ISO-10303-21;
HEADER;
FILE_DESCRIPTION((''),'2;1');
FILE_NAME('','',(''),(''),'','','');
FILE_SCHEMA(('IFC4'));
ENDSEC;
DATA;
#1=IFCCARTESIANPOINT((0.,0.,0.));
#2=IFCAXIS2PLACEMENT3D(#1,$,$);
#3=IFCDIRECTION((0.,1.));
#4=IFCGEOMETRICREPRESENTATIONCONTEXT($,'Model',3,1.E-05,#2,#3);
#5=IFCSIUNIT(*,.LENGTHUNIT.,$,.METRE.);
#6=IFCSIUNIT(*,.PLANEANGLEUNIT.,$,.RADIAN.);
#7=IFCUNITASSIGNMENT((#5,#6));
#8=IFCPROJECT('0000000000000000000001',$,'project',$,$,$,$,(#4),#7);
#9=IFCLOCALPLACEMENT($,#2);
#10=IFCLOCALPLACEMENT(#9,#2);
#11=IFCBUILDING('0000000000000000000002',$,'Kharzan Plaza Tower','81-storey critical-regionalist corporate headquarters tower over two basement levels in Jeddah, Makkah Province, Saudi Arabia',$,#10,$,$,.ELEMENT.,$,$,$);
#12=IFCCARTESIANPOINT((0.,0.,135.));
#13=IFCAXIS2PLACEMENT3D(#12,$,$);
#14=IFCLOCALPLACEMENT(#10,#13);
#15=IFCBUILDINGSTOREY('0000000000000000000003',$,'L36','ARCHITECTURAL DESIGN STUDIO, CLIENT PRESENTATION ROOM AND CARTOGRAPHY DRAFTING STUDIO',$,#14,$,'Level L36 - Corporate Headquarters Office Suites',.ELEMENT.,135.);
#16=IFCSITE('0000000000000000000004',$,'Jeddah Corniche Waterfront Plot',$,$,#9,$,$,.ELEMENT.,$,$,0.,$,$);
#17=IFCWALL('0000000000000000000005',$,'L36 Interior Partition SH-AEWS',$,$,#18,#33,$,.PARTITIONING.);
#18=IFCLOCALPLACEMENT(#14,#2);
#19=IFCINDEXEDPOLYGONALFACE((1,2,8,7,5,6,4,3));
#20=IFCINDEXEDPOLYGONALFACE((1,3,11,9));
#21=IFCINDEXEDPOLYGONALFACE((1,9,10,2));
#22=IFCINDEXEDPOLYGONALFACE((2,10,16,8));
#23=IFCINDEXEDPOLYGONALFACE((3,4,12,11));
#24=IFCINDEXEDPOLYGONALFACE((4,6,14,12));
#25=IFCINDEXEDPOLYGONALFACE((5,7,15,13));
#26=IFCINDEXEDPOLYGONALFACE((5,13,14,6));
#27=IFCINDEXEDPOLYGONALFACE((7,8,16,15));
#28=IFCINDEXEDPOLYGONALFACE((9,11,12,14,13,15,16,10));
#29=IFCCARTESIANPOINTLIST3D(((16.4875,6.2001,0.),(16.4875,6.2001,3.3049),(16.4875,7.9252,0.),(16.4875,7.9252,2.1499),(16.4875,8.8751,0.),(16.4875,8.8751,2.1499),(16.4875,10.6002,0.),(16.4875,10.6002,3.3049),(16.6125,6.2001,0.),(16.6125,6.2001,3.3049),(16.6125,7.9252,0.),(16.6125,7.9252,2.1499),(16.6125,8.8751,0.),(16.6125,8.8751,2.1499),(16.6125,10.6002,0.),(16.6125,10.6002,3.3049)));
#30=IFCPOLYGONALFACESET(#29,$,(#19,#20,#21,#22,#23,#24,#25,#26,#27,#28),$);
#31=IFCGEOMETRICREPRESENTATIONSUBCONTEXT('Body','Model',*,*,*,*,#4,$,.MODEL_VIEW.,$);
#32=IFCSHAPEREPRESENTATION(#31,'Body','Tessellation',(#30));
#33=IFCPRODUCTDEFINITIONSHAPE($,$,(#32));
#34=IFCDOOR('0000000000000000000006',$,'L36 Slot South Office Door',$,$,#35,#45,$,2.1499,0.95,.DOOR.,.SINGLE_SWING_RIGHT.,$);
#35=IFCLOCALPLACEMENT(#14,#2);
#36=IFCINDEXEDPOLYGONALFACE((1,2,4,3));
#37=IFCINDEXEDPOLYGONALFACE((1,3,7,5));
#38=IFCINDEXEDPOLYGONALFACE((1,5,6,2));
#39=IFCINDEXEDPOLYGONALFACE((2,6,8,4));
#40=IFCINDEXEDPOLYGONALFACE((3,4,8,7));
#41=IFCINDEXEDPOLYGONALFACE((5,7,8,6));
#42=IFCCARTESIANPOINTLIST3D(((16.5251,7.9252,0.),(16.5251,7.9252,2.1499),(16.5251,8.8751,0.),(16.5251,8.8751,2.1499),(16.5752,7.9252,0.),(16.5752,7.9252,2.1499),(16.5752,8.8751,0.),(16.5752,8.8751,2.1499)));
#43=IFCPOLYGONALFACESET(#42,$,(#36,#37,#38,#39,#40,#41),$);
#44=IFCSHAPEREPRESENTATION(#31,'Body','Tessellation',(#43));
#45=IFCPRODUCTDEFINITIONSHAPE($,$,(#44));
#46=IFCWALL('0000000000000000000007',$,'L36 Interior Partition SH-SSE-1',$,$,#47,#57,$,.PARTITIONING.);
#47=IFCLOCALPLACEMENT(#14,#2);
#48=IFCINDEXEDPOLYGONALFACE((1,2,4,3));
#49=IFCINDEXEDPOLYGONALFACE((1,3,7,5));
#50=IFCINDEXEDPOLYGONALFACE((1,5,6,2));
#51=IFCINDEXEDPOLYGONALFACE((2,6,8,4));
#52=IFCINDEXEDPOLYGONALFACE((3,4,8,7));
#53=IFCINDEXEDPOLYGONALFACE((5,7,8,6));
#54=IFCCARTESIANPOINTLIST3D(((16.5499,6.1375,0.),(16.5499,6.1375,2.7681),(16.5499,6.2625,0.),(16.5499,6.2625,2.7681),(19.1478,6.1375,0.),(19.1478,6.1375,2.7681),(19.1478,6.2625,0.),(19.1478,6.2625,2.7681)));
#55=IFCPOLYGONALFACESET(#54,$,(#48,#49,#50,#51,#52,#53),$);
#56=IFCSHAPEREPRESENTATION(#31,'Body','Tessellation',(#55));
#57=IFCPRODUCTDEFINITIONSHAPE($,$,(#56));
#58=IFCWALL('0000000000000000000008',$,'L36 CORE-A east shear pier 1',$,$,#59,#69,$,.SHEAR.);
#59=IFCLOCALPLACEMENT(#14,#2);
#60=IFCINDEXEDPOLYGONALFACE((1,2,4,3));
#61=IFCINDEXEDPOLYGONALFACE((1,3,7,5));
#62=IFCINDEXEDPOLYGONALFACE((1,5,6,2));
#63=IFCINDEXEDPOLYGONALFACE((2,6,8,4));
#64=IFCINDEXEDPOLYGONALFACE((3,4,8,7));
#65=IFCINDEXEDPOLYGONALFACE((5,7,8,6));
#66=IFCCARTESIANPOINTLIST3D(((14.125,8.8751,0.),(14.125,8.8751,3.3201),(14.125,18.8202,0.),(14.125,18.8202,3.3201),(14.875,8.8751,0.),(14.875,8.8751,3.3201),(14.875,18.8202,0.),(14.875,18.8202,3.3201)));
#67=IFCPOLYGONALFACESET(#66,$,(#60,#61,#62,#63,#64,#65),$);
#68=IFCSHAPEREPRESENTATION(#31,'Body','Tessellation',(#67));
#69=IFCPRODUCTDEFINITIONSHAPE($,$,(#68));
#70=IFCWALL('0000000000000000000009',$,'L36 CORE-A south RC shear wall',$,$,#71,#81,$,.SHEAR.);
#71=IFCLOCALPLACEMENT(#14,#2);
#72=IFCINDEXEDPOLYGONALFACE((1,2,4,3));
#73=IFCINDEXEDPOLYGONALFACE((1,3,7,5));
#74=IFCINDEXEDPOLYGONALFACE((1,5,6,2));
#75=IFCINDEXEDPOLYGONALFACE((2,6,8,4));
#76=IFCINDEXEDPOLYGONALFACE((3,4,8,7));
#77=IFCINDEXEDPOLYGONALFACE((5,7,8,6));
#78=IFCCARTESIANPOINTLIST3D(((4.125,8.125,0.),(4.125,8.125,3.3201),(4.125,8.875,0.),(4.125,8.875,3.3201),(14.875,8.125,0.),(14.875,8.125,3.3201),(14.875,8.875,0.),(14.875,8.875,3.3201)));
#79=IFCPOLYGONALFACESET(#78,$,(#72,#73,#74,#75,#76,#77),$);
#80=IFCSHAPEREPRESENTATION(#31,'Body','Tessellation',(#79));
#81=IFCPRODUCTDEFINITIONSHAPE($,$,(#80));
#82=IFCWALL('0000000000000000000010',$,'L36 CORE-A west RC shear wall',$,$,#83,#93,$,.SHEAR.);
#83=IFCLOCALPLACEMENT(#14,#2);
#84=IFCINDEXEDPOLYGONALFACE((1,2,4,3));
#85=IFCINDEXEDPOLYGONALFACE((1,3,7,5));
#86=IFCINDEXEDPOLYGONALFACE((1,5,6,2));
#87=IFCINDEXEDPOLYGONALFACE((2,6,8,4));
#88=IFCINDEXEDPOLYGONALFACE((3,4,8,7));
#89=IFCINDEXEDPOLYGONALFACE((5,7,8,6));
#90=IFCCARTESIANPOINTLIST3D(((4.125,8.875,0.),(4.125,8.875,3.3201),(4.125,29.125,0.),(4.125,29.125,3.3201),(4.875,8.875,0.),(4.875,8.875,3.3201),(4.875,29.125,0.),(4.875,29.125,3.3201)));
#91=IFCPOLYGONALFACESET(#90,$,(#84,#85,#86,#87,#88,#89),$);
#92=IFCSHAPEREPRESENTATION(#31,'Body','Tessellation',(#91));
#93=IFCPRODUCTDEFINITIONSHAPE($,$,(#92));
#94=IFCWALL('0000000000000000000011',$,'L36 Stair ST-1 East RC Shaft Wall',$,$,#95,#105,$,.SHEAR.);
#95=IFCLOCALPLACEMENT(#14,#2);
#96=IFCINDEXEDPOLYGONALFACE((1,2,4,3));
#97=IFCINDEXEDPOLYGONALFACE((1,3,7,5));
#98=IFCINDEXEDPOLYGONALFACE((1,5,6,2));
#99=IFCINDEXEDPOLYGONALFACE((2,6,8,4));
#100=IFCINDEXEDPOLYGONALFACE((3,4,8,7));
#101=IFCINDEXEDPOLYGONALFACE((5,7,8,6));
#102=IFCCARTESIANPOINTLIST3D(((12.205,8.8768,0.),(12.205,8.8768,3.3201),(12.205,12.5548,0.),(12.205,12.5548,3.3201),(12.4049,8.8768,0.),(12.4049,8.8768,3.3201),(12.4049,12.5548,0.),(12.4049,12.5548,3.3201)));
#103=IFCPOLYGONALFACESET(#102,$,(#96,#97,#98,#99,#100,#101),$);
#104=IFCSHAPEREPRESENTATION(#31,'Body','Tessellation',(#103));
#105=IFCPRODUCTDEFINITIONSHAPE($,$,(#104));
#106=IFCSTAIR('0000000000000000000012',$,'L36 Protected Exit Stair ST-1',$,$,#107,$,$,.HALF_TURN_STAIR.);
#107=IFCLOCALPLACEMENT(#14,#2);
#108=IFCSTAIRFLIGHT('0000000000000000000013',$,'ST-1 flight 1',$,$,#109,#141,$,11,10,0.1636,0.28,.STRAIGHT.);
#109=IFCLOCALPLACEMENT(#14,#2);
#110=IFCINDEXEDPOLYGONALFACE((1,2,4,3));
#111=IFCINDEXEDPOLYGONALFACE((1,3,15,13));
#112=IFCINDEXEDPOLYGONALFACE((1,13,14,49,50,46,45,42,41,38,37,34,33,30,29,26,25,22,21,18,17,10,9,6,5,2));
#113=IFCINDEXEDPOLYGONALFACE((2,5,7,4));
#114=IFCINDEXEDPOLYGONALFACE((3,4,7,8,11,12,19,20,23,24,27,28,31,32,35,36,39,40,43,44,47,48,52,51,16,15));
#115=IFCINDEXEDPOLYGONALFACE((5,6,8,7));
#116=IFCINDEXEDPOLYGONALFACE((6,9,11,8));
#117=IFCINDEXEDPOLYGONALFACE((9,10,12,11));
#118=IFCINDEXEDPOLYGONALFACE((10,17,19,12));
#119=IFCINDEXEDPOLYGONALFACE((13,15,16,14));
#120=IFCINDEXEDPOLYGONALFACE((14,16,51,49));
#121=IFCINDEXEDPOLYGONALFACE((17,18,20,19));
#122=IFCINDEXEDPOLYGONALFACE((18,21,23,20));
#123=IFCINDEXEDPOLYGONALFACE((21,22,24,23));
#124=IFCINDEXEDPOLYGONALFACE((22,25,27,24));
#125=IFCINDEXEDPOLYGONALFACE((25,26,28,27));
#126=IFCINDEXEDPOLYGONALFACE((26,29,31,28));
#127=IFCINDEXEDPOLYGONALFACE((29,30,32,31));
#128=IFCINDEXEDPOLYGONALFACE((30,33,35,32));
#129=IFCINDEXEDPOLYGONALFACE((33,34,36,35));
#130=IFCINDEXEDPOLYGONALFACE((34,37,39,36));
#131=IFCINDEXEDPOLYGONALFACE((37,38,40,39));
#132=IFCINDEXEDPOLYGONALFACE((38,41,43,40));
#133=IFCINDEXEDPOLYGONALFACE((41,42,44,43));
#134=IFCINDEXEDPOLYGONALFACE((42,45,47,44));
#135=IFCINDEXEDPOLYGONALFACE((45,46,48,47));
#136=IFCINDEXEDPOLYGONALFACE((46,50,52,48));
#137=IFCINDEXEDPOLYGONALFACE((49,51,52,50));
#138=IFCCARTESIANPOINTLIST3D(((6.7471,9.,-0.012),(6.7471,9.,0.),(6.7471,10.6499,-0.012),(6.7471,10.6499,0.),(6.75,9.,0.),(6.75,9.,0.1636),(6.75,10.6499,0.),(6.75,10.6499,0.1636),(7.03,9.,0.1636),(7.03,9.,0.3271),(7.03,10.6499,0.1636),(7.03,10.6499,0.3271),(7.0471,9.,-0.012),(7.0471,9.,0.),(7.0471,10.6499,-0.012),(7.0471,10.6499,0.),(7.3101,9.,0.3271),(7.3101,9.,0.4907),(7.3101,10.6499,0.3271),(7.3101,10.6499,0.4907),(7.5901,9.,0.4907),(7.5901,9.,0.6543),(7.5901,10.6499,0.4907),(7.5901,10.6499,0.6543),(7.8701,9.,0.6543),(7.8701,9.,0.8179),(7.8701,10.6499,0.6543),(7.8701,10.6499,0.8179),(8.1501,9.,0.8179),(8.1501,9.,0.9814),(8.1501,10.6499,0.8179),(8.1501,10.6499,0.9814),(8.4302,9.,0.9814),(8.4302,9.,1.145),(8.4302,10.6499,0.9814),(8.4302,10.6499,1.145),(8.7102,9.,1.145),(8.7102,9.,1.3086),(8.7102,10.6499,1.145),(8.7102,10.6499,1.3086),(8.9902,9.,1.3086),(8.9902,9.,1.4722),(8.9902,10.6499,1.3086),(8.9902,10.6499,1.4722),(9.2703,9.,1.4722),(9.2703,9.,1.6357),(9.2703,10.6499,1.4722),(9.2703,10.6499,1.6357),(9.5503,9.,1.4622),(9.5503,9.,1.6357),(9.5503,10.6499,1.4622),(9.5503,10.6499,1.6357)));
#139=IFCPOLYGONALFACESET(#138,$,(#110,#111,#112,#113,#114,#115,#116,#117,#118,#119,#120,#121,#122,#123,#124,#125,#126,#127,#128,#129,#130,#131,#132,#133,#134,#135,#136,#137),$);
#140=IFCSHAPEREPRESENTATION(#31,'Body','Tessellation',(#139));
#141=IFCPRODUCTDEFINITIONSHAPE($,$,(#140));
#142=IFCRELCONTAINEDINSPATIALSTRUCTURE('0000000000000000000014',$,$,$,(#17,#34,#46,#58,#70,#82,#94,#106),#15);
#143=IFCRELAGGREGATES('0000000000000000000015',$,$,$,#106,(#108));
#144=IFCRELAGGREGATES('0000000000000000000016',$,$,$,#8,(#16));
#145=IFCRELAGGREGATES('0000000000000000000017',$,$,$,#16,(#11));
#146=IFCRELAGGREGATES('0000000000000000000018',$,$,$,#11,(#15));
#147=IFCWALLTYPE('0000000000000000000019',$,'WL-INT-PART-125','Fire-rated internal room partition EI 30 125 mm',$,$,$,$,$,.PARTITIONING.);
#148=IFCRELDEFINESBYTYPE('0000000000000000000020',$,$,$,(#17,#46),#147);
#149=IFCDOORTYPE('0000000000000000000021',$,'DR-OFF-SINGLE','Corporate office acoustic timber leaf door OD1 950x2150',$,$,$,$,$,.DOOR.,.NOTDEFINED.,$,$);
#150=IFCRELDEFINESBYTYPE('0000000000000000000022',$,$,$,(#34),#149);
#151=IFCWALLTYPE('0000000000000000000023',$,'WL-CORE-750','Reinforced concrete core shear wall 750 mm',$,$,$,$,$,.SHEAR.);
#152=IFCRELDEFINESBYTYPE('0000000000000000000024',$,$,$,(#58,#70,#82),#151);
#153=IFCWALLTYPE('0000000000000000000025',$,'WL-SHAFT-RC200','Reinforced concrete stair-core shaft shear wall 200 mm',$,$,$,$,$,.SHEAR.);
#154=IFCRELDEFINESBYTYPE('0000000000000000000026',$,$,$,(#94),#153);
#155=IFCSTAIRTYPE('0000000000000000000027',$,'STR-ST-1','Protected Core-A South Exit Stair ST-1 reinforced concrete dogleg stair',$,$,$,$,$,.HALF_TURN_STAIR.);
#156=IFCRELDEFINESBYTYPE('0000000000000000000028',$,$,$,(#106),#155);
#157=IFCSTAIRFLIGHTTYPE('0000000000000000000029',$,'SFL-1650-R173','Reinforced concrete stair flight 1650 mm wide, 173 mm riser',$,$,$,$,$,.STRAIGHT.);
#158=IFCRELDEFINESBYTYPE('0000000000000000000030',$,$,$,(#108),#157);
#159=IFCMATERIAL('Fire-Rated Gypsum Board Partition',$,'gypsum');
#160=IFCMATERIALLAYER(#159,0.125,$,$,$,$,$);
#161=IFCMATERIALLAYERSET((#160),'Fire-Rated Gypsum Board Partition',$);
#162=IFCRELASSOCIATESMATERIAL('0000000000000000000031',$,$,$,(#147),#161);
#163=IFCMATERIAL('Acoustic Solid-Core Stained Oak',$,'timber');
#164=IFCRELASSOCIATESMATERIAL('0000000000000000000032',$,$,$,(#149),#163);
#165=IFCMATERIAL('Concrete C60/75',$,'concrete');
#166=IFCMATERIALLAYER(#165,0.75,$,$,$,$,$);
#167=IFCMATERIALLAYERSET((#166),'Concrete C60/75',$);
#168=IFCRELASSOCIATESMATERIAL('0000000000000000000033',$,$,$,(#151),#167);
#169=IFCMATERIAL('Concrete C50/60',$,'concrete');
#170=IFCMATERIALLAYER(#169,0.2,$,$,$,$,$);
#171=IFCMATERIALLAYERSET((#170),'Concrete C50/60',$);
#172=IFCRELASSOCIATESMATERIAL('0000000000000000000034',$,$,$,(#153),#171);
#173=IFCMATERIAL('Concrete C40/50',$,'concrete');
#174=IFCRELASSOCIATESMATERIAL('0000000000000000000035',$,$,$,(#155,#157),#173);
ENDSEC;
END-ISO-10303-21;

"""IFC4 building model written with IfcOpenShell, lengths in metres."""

from ifc_helpers import new_model, si_unit, direction, frame, frame_2d, origin, place, context, subcontext, project, spatial, polyline, rectangle, outline, extrude, source, transform, mapped, material, layer, layer_set, type_object, element, fill, aggregate, save


model = new_model("IFC4")

# Units and contexts
model_context = context("Model", 3, precision=1e-05, world=origin(), true_north=direction((0.0, 1.0)))
body_context = subcontext(model_context, "Body", "Model", "MODEL_VIEW")
ifc_project = project(units=[si_unit("LENGTHUNIT", "METRE"), si_unit("PLANEANGLEUNIT", "RADIAN")], contexts=[model_context])

# Site, building, storey
site_placement = place(None, origin())
site = spatial("IfcSite", under=ifc_project, at=site_placement, Name="Jeddah Corniche Waterfront Plot", CompositionType="ELEMENT", RefElevation=0.0)
building_placement = place(site_placement, origin())
building = spatial("IfcBuilding", under=site, at=building_placement, Name="Kharzan Plaza Tower", Description="81-storey critical-regionalist corporate headquarters tower over two basement levels in Jeddah, Makkah Province, Saudi Arabia", CompositionType="ELEMENT")
storey_placement = place(building_placement, frame((0.0, 0.0, 135.0)))
storey = spatial("IfcBuildingStorey", under=building, at=storey_placement, Name="L36", Description="ARCHITECTURAL DESIGN STUDIO, CLIENT PRESENTATION ROOM AND CARTOGRAPHY DRAFTING STUDIO", LongName="Level L36 - Corporate Headquarters Office Suites", CompositionType="ELEMENT", Elevation=135.0)

# Shared definitions
ifc_material_1 = material(Name="Concrete C60/75", Category="concrete")

# Shared definitions
ifc_material_2 = material(Name="Concrete C40/50", Category="concrete")

# Wall, opening, door
ifc_material_3 = material(Name="Fire-Rated Gypsum Board Partition", Category="gypsum")
ifc_layer_1 = layer(ifc_material_3, 0.125)
ifc_layer_set_1 = layer_set([ifc_layer_1], Name="Fire-Rated Gypsum Board Partition")
wall_type_1 = type_object("IfcWallType", Name="WL-INT-PART-125", Description="Fire-rated internal room partition EI 30 125 mm", PredefinedType="PARTITIONING", material=ifc_layer_set_1)
wall_1_placement = place(storey_placement, frame((16.55, 6.2, 0.0), z_axis=(0.0, 0.0, 1.0), x_axis=(0.0, 1.0, 0.0)))
wall_1 = element("IfcWall", 1, at=wall_1_placement, inside=storey, type_object=wall_type_1, Name="L36 Interior Partition SH-AEWS", PredefinedType="PARTITIONING", context=body_context, shape_type="SweptSolid", body=[
    extrude(rectangle(XDim=4.4001, YDim=0.125, at=frame_2d((2.2002, 0.0))), origin(), (0.0, 0.0, 1.0), 3.3049),
])
opening_1_placement = place(wall_1_placement, frame((1.7251, 0.0, 0.0)))
opening_1 = element("IfcOpeningElement", 2, at=opening_1_placement, cuts=wall_1, PredefinedType="OPENING", context=body_context, shape_type="SweptSolid", body=[
    extrude(rectangle(XDim=0.95, YDim=2.1499, at=frame_2d((0.4751, 1.075))), frame((0.0, 0.0725, 0.0), z_axis=(0.0, -1.0, 0.0), x_axis=(1.0, 0.0, 0.0)), (0.0, 0.0, 1.0), 0.145),
])
ifc_material_4 = material(Name="Acoustic Solid-Core Stained Oak", Category="timber")
door_type = type_object("IfcDoorType", Name="DR-OFF-SINGLE", Description="Corporate office acoustic timber leaf door OD1 950x2150", OperationType="NOTDEFINED", PredefinedType="DOOR", material=ifc_material_4)
shared_shape_1 = source(origin(), body_context, "Body", "SweptSolid", [
    extrude(rectangle(XDim=0.95, YDim=2.1499, at=frame_2d((0.4751, 1.075))), frame((0.0, 0.0249, 0.0), z_axis=(0.0, -1.0, 0.0), x_axis=(1.0, 0.0, 0.0)), (0.0, 0.0, 1.0), 0.05),
])
door_placement = place(opening_1_placement, origin())
door = element("IfcDoor", 3, at=door_placement, inside=storey, type_object=door_type, Name="L36 Slot South Office Door", OperationType="SINGLE_SWING_RIGHT", OverallHeight=2.1499, OverallWidth=0.95, PredefinedType="DOOR", context=body_context, shape_type="MappedRepresentation", body=[
    mapped(shared_shape_1, transform((0.0, 0.0, 0.0), x_axis=(1.0, 0.0, 0.0), y_axis=(0.0, 1.0, 0.0), z_axis=(0.0, 0.0, 1.0))),
])
fill(opening_1, door)

# Walls
shared_shape_2 = source(origin(), body_context, "Body", "SweptSolid", [
    extrude(rectangle(XDim=2.5979, YDim=0.125, at=frame_2d((1.2988, 0.0))), origin(), (0.0, 0.0, 1.0), 2.7681),
])
wall_2_placement = place(storey_placement, frame((16.55, 6.2, 0.0), z_axis=(0.0, 0.0, 1.0), x_axis=(1.0, 0.0, 0.0)))
element("IfcWall", 4, at=wall_2_placement, inside=storey, type_object=wall_type_1, Name="L36 Interior Partition SH-SSE-1", PredefinedType="PARTITIONING", context=body_context, shape_type="MappedRepresentation", body=[
    mapped(shared_shape_2, transform((0.0, 0.0, 0.0), x_axis=(1.0, 0.0, 0.0), y_axis=(0.0, 1.0, 0.0), z_axis=(0.0, 0.0, 1.0))),
])
ifc_layer_2 = layer(ifc_material_1, 0.75)
ifc_layer_set_2 = layer_set([ifc_layer_2], Name="Concrete C60/75")
wall_type_2 = type_object("IfcWallType", Name="WL-CORE-750", Description="Reinforced concrete core shear wall 750 mm", PredefinedType="SHEAR", material=ifc_layer_set_2)
shared_shape_3 = source(origin(), body_context, "Body", "SweptSolid", [
    extrude(rectangle(XDim=9.9451, YDim=0.75, at=frame_2d((4.9727, 0.0))), origin(), (0.0, 0.0, 1.0), 3.3201),
])
wall_3_placement = place(storey_placement, frame((14.5, 8.875, 0.0), z_axis=(0.0, 0.0, 1.0), x_axis=(0.0, 1.0, 0.0)))
element("IfcWall", 5, at=wall_3_placement, inside=storey, type_object=wall_type_2, Name="L36 CORE-A east shear pier 1", PredefinedType="SHEAR", context=body_context, shape_type="MappedRepresentation", body=[
    mapped(shared_shape_3, transform((0.0, 0.0, 0.0), x_axis=(1.0, 0.0, 0.0), y_axis=(0.0, 1.0, 0.0), z_axis=(0.0, 0.0, 1.0))),
])
shared_shape_4 = source(origin(), body_context, "Body", "SweptSolid", [
    extrude(rectangle(XDim=10.75, YDim=0.75, at=frame_2d((5.375, 0.0))), origin(), (0.0, 0.0, 1.0), 3.3201),
])
wall_4_placement = place(storey_placement, frame((4.125, 8.5, 0.0), z_axis=(0.0, 0.0, 1.0), x_axis=(1.0, 0.0, 0.0)))
element("IfcWall", 6, at=wall_4_placement, inside=storey, type_object=wall_type_2, Name="L36 CORE-A south RC shear wall", PredefinedType="SHEAR", context=body_context, shape_type="MappedRepresentation", body=[
    mapped(shared_shape_4, transform((0.0, 0.0, 0.0), x_axis=(1.0, 0.0, 0.0), y_axis=(0.0, 1.0, 0.0), z_axis=(0.0, 0.0, 1.0))),
])
shared_shape_5 = source(origin(), body_context, "Body", "SweptSolid", [
    extrude(rectangle(XDim=20.25, YDim=0.75, at=frame_2d((10.125, 0.0))), origin(), (0.0, 0.0, 1.0), 3.3201),
])
wall_5_placement = place(storey_placement, frame((4.5, 8.875, 0.0), z_axis=(0.0, 0.0, 1.0), x_axis=(0.0, 1.0, 0.0)))
element("IfcWall", 7, at=wall_5_placement, inside=storey, type_object=wall_type_2, Name="L36 CORE-A west RC shear wall", PredefinedType="SHEAR", context=body_context, shape_type="MappedRepresentation", body=[
    mapped(shared_shape_5, transform((0.0, 0.0, 0.0), x_axis=(1.0, 0.0, 0.0), y_axis=(0.0, 1.0, 0.0), z_axis=(0.0, 0.0, 1.0))),
])
ifc_material_5 = material(Name="Concrete C50/60", Category="concrete")
ifc_layer_3 = layer(ifc_material_5, 0.2)
ifc_layer_set_3 = layer_set([ifc_layer_3], Name="Concrete C50/60")
wall_type_3 = type_object("IfcWallType", Name="WL-SHAFT-RC200", Description="Reinforced concrete stair-core shaft shear wall 200 mm", PredefinedType="SHEAR", material=ifc_layer_set_3)
shared_shape_6 = source(origin(), body_context, "Body", "SweptSolid", [
    extrude(rectangle(XDim=3.678, YDim=0.2, at=frame_2d((1.8389, 0.0))), origin(), (0.0, 0.0, 1.0), 3.3201),
])
wall_6_placement = place(storey_placement, frame((12.3049, 8.877, 0.0), z_axis=(0.0, 0.0, 1.0), x_axis=(0.0, 1.0, 0.0)))
element("IfcWall", 8, at=wall_6_placement, inside=storey, type_object=wall_type_3, Name="L36 Stair ST-1 East RC Shaft Wall", PredefinedType="SHEAR", context=body_context, shape_type="MappedRepresentation", body=[
    mapped(shared_shape_6, transform((0.0, 0.0, 0.0), x_axis=(1.0, 0.0, 0.0), y_axis=(0.0, 1.0, 0.0), z_axis=(0.0, 0.0, 1.0))),
])

# Stair, stair flight
stair_type = type_object("IfcStairType", Name="STR-ST-1", Description="Protected Core-A South Exit Stair ST-1 reinforced concrete dogleg stair", PredefinedType="HALF_TURN_STAIR", material=ifc_material_2)
stair_placement = place(storey_placement, origin())
stair = element("IfcStair", 9, at=stair_placement, inside=storey, type_object=stair_type, Name="L36 Protected Exit Stair ST-1", PredefinedType="HALF_TURN_STAIR")
stair_flight_type = type_object("IfcStairFlightType", Name="SFL-1650-R173", Description="Reinforced concrete stair flight 1650 mm wide, 173 mm riser", PredefinedType="STRAIGHT", material=ifc_material_2)
shared_shape_7 = source(origin(), body_context, "Body", "SweptSolid", [
    extrude(outline(polyline([(-0.0029, -0.012), (-0.0029, 0.0), (0.0, 0.0), (0.0, 0.1636), (0.28, 0.1636), (0.28, 0.3271), (0.5601, 0.3271), (0.5601, 0.4907), (0.8401, 0.4907), (0.8401, 0.6543), (1.1201, 0.6543), (1.1201, 0.8179), (1.4001, 0.8179), (1.4001, 0.9814), (1.6802, 0.9814), (1.6802, 1.145), (1.9602, 1.145), (1.9602, 1.3086), (2.2402, 1.3086), (2.2402, 1.4722), (2.5203, 1.4722), (2.5203, 1.6357), (2.8003, 1.6357), (2.8003, 1.7993), (2.8003, 1.4622), (0.2971, 0.0), (0.2971, -0.012), (-0.0029, -0.012)])), frame((0.0, 0.825, 0.0), z_axis=(0.0, -1.0, 0.0), x_axis=(1.0, 0.0, 0.0)), (0.0, 0.0, 1.0), 1.6499),
])
stair_flight_placement = place(storey_placement, frame((6.75, 9.825, 0.0), z_axis=(0.0, 0.0, 1.0), x_axis=(1.0, 0.0, 0.0)))
stair_flight = element("IfcStairFlight", 10, at=stair_flight_placement, type_object=stair_flight_type, Name="ST-1 flight 1", NumberOfRisers=11, NumberOfTreads=10, PredefinedType="STRAIGHT", RiserHeight=0.1636, TreadLength=0.28, context=body_context, shape_type="MappedRepresentation", body=[
    mapped(shared_shape_7, transform((0.0, 0.0, 0.0), x_axis=(1.0, 0.0, 0.0), y_axis=(0.0, 1.0, 0.0), z_axis=(0.0, 0.0, 1.0))),
])
aggregate(stair, [stair_flight])

save(model, "model.ifc")
